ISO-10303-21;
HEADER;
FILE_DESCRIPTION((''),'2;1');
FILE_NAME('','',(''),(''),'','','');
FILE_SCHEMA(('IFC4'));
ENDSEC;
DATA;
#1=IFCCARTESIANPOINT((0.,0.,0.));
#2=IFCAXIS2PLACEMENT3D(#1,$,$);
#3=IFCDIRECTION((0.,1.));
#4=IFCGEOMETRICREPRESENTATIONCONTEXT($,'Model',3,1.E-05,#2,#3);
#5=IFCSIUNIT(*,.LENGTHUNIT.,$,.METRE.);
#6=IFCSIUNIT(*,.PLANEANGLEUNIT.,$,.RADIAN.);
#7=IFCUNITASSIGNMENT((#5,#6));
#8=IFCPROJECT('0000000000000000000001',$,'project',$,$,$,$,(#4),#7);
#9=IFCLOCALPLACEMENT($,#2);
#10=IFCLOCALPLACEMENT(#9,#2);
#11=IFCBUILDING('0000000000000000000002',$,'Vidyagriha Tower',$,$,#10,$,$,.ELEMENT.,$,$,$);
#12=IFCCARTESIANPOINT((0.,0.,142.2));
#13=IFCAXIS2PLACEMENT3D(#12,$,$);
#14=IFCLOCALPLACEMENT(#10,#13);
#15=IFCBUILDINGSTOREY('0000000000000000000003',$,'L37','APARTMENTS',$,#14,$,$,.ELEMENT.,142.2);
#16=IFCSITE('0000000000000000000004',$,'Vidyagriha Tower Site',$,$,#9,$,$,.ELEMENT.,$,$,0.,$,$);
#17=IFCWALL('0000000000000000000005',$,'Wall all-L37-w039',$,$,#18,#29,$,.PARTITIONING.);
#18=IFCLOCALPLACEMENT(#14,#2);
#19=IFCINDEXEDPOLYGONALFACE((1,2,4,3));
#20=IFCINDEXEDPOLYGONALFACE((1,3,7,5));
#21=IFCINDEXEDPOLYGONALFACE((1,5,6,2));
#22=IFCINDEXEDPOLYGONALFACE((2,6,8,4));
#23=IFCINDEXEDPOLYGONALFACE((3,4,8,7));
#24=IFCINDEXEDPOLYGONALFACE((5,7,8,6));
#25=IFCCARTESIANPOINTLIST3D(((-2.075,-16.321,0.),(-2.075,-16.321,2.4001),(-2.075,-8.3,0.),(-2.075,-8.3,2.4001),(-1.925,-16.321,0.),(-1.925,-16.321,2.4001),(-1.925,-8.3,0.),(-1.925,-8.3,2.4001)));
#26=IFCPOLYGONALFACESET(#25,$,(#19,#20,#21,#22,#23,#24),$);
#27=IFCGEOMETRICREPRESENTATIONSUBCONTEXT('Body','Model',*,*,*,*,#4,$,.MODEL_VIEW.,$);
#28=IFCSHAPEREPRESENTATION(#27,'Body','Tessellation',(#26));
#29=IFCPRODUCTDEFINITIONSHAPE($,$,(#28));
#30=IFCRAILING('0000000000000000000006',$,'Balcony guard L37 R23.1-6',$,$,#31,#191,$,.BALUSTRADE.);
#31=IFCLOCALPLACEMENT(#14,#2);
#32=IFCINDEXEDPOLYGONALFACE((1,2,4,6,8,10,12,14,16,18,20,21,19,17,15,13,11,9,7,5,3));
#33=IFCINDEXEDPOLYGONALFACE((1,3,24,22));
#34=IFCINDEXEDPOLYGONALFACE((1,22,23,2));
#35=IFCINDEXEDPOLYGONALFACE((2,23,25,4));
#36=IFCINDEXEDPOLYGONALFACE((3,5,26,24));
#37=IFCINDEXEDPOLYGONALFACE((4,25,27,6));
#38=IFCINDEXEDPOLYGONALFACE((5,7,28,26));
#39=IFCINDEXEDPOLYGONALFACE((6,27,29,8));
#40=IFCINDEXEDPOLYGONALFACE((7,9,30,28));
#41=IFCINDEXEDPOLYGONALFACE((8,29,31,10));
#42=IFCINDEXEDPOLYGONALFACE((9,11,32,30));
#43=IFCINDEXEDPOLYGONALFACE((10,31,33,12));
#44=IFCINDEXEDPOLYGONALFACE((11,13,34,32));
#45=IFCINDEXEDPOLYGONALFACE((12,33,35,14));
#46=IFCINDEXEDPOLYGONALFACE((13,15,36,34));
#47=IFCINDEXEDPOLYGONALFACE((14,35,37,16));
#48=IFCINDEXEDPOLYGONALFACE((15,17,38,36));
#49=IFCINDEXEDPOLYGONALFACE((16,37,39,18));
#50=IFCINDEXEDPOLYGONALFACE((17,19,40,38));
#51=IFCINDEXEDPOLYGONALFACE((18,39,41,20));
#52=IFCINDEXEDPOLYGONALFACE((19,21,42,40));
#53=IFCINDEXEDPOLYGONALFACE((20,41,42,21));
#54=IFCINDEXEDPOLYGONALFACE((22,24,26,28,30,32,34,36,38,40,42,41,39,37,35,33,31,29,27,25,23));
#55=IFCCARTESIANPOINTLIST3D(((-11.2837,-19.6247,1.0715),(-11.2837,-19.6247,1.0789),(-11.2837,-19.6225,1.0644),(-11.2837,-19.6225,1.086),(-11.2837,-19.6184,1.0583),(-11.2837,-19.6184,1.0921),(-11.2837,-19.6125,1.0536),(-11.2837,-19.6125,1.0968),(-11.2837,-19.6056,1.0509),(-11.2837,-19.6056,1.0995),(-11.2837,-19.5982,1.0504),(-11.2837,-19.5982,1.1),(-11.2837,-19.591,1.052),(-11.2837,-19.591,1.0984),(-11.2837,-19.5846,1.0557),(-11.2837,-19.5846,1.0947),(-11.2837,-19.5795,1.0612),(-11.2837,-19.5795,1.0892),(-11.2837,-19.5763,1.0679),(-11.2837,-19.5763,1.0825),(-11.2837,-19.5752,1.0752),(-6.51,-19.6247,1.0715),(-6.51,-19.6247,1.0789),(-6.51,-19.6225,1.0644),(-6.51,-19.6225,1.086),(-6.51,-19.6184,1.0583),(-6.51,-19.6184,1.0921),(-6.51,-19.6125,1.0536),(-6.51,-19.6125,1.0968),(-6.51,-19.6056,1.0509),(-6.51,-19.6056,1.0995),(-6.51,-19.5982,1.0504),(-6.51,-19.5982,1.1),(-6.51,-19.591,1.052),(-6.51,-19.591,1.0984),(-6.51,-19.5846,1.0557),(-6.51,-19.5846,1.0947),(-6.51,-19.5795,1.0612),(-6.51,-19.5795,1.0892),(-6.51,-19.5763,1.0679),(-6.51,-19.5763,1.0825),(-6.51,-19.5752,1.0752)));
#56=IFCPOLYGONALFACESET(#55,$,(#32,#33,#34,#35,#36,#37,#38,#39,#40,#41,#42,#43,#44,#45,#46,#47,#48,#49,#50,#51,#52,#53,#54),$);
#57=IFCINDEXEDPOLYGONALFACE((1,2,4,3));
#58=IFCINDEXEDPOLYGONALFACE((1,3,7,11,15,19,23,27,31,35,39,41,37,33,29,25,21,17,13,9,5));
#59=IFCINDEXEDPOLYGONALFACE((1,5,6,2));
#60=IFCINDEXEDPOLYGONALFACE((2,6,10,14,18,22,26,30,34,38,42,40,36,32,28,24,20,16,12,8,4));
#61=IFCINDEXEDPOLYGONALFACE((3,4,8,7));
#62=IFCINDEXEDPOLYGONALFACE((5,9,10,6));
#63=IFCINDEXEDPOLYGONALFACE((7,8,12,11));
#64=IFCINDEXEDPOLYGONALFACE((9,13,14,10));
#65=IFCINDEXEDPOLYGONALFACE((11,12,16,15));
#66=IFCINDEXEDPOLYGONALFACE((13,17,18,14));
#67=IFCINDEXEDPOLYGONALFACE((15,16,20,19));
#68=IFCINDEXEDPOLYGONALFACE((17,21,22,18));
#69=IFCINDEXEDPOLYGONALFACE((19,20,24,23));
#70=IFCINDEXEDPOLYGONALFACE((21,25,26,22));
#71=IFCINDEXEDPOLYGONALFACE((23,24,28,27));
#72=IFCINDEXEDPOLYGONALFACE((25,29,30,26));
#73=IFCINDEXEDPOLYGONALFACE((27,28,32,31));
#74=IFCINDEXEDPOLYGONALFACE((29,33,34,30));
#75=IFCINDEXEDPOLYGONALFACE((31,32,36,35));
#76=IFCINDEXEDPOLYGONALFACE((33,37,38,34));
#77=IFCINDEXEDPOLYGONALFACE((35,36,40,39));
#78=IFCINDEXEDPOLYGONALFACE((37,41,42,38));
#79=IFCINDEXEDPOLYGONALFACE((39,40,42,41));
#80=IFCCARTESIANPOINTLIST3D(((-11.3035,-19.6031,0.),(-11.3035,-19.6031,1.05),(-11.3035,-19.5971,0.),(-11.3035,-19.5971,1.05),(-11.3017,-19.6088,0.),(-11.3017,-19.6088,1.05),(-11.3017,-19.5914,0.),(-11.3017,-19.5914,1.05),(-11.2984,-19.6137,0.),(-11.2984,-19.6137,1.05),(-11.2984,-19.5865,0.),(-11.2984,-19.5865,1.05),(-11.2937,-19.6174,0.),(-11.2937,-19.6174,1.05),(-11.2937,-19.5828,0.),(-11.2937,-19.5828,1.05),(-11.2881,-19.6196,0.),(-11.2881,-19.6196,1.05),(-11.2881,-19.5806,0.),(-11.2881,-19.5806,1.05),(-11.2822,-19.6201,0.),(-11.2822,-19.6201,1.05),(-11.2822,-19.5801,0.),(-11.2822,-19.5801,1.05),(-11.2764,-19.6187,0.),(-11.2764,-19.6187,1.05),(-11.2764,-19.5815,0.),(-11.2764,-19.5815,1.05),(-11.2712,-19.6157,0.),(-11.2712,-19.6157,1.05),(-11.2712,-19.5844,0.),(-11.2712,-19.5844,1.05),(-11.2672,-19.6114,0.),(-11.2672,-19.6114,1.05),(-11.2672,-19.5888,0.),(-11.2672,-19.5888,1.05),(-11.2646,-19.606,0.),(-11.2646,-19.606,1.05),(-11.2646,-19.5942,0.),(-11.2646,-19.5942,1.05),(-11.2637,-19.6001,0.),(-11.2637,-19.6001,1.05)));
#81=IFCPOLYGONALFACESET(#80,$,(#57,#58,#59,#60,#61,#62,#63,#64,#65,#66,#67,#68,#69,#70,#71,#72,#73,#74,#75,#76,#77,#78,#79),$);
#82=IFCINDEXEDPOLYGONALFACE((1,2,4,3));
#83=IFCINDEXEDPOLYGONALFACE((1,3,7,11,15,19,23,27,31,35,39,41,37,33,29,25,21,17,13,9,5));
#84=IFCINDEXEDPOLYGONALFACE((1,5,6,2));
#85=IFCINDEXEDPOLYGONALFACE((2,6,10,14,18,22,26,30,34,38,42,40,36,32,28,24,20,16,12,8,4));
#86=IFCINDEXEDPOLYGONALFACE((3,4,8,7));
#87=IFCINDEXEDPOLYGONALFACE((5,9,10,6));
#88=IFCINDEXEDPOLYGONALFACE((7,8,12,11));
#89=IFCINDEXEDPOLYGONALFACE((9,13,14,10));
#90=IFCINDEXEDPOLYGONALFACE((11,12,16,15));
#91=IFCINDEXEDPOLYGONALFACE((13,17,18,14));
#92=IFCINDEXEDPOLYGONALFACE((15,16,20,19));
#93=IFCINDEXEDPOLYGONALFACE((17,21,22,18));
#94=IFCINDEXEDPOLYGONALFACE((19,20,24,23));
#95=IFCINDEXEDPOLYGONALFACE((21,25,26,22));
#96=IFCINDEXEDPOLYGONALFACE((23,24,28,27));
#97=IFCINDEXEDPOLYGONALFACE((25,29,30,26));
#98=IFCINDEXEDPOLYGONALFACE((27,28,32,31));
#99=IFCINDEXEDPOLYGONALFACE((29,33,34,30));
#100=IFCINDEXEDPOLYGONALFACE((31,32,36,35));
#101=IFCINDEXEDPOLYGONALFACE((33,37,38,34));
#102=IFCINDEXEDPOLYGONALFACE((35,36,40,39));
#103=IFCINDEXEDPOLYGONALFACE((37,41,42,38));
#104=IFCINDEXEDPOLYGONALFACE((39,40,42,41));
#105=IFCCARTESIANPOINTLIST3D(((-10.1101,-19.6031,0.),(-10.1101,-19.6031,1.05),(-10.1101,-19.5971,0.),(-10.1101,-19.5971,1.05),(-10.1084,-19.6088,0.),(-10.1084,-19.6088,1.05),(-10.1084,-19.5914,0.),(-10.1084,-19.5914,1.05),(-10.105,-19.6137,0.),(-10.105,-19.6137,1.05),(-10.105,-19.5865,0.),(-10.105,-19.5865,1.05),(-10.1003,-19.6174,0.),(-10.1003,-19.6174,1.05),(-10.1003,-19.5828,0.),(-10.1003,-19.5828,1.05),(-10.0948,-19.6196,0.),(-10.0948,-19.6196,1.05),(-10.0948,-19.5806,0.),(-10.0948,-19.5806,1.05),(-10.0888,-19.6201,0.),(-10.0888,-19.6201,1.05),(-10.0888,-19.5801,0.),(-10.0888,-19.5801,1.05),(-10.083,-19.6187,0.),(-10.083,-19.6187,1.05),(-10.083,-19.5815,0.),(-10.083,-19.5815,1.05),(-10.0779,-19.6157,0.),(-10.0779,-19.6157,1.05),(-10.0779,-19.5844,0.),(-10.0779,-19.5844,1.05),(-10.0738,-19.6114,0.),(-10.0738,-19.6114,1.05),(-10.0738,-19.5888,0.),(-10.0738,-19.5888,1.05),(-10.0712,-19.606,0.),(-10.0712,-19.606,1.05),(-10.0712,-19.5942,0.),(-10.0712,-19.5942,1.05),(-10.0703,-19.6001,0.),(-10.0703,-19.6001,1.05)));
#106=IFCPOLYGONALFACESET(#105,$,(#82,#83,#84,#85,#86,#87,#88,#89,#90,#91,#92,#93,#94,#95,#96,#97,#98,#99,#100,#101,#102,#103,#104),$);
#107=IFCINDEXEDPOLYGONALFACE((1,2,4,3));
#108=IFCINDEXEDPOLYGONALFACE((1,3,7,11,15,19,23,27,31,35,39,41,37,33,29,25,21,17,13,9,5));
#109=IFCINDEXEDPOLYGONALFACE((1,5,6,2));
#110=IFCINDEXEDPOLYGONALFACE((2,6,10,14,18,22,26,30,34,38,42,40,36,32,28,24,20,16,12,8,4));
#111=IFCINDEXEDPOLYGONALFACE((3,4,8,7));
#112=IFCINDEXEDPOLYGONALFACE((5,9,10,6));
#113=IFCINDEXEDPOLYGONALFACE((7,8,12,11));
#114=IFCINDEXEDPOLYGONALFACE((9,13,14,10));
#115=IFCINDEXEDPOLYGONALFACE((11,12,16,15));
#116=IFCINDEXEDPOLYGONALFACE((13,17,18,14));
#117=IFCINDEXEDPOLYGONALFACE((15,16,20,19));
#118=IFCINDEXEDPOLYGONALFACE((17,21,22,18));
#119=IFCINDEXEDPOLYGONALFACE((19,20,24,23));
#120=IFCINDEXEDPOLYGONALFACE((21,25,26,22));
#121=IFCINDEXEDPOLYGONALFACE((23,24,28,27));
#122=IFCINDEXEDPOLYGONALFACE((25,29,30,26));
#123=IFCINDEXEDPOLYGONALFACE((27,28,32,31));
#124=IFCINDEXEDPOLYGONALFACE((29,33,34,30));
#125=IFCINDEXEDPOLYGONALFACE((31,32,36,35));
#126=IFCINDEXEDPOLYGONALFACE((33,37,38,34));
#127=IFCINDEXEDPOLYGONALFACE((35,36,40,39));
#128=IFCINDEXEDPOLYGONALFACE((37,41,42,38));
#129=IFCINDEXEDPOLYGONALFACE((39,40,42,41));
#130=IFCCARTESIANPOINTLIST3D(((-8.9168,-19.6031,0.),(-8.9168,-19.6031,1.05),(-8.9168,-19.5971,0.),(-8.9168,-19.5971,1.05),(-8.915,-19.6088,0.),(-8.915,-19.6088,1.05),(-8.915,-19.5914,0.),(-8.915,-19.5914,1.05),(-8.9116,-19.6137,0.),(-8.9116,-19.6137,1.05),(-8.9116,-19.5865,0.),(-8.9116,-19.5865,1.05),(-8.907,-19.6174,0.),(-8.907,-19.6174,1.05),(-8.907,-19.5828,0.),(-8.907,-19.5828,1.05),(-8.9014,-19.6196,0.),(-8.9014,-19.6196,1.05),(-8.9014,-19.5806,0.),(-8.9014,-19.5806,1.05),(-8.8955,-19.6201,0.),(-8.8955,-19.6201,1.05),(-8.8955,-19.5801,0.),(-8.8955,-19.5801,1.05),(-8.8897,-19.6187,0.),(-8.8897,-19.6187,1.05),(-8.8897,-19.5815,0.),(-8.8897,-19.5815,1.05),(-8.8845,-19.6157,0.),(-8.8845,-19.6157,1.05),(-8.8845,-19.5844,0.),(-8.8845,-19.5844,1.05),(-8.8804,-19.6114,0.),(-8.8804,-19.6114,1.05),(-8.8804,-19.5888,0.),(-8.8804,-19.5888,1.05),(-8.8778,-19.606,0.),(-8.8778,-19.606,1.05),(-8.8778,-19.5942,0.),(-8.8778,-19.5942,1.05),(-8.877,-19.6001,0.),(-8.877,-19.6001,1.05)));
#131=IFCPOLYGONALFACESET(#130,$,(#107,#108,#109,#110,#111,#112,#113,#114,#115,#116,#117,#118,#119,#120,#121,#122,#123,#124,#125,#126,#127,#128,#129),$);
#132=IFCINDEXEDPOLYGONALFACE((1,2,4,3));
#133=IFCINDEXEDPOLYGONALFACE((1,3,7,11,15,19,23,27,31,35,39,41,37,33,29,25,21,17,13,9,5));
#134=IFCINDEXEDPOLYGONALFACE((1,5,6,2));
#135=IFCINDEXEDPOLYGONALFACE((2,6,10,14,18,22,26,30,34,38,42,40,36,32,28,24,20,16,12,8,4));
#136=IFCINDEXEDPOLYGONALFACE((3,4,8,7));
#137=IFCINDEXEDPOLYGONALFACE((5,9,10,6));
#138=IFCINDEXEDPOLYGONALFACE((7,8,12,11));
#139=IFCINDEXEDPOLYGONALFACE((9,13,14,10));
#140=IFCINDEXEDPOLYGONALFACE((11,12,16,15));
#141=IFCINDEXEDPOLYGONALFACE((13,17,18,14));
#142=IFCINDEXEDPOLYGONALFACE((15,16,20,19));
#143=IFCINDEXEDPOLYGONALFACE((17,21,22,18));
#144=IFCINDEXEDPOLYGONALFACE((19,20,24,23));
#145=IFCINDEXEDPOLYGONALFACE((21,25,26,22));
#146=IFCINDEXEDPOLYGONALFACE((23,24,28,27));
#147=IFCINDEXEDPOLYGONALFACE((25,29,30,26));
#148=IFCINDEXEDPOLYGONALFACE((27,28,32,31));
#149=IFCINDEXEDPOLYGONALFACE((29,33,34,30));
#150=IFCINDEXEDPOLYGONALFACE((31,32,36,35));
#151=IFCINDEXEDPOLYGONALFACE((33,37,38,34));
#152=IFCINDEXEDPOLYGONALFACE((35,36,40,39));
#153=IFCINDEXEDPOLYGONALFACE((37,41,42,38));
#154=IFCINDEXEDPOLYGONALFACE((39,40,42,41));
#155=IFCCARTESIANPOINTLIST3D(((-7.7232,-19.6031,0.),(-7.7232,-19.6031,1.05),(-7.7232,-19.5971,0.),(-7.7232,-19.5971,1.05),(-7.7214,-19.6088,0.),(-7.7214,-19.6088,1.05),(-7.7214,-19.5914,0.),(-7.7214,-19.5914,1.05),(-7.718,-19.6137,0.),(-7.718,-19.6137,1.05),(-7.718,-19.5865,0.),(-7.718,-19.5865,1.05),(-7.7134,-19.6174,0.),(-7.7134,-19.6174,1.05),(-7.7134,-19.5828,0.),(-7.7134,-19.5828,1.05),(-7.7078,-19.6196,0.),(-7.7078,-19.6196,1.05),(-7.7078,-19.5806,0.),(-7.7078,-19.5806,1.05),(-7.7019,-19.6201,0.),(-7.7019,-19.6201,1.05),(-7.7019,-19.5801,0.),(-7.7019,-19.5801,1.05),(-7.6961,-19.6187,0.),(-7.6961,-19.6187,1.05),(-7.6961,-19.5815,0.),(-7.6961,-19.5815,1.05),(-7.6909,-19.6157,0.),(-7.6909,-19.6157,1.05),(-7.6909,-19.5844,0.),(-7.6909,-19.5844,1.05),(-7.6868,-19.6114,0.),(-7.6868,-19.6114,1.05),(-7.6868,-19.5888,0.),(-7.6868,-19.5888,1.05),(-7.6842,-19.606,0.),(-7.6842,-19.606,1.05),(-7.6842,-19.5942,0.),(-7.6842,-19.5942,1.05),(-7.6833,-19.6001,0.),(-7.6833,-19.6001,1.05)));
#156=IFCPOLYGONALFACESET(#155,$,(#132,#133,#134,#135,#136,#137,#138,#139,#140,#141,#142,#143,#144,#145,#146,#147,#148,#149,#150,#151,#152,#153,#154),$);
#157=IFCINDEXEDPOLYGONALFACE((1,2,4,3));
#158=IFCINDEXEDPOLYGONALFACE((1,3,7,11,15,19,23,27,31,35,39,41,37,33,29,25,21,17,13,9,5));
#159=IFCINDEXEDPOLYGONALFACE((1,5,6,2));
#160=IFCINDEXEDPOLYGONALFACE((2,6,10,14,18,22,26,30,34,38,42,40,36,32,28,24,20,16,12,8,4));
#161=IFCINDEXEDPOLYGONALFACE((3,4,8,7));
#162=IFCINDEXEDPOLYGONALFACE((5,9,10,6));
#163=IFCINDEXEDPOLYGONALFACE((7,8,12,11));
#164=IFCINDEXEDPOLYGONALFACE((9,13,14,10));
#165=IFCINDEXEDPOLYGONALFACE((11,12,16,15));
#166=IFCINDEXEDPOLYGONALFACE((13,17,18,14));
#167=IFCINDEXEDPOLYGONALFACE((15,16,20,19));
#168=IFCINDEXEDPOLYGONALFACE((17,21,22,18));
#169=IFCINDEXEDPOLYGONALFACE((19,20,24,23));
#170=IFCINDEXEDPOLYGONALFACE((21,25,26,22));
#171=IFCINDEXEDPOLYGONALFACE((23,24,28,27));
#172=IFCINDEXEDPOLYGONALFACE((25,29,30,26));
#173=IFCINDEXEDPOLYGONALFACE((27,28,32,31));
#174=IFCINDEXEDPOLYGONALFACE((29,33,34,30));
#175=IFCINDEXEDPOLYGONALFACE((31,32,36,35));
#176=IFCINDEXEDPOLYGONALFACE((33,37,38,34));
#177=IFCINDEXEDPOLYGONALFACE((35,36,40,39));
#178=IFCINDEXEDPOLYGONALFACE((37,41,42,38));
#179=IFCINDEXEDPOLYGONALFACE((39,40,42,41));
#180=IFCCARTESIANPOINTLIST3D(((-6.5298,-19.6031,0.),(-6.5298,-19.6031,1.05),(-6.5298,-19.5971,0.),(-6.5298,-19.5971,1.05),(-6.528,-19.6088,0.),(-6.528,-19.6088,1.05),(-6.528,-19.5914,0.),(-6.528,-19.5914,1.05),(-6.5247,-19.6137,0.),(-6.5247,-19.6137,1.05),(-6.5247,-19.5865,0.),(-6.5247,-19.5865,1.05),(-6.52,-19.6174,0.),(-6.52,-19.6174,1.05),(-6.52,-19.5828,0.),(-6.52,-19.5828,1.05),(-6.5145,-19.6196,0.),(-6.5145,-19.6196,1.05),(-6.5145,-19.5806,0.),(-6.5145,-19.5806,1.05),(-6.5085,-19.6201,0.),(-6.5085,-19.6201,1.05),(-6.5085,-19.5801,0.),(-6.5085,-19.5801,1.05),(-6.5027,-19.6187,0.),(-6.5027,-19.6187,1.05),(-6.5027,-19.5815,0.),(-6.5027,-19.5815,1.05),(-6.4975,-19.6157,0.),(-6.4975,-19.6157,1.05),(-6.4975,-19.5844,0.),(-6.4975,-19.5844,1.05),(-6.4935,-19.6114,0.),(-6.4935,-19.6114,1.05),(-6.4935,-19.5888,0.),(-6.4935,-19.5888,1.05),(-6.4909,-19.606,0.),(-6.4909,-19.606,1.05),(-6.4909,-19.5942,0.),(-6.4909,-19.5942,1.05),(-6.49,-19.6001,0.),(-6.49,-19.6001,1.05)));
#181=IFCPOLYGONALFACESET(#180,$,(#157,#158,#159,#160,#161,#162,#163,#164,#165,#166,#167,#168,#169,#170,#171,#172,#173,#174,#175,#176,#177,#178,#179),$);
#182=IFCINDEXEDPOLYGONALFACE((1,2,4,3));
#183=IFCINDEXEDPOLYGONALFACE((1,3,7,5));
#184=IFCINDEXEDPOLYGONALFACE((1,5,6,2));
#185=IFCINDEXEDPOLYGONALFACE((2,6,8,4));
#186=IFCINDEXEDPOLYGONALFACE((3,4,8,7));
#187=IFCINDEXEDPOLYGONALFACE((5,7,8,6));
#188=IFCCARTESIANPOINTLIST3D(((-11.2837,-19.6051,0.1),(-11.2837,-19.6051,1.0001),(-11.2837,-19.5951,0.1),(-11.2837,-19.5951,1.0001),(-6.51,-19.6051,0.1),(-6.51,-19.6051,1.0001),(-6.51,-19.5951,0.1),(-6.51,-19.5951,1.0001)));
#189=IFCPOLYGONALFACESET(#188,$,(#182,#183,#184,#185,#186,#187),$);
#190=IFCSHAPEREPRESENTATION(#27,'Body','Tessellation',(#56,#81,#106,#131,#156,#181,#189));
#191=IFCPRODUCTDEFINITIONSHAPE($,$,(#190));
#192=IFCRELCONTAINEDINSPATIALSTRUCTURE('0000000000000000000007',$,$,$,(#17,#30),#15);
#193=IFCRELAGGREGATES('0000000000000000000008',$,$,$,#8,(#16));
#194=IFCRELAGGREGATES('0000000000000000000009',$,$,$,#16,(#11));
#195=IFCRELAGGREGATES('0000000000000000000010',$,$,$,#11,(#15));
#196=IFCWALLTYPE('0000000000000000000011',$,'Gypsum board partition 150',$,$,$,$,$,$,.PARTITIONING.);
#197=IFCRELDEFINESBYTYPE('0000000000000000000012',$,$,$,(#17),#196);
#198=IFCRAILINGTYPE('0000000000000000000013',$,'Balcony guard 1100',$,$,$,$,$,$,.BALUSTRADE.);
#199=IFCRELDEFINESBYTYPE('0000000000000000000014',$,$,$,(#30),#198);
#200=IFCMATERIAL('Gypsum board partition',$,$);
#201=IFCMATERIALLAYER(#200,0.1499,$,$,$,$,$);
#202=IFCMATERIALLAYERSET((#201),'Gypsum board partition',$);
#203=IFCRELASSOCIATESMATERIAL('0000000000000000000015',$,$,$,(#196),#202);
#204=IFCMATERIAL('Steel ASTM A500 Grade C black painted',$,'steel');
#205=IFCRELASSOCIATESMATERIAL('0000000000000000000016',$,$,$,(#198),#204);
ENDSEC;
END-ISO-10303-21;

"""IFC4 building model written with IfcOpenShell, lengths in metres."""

from ifc_helpers import new_model, si_unit, direction, frame, frame_2d, origin, origin_2d, place, context, subcontext, project, spatial, rectangle, circle, extrude, material, layer, layer_set, type_object, element, save


model = new_model("IFC4")

# Units and contexts
model_context = context("Model", 3, precision=1e-05, world=origin(), true_north=direction((0.0, 1.0)))
body_context = subcontext(model_context, "Body", "Model", "MODEL_VIEW")
ifc_project = project(units=[si_unit("LENGTHUNIT", "METRE"), si_unit("PLANEANGLEUNIT", "RADIAN")], contexts=[model_context])

# Site, building, storey
site_placement = place(None, origin())
site = spatial("IfcSite", under=ifc_project, at=site_placement, Name="Vidyagriha Tower Site", CompositionType="ELEMENT", RefElevation=0.0)
building_placement = place(site_placement, origin())
building = spatial("IfcBuilding", under=site, at=building_placement, Name="Vidyagriha Tower", CompositionType="ELEMENT")
storey_placement = place(building_placement, frame((0.0, 0.0, 142.2)))
storey = spatial("IfcBuildingStorey", under=building, at=storey_placement, Name="L37", Description="APARTMENTS", CompositionType="ELEMENT", Elevation=142.2)

# Wall
ifc_material_1 = material(Name="Gypsum board partition")
ifc_layer_1 = layer(ifc_material_1, 0.1499)
ifc_layer_set_1 = layer_set([ifc_layer_1], Name="Gypsum board partition")
wall_type_1 = type_object("IfcWallType", Name="Gypsum board partition 150", PredefinedType="PARTITIONING", material=ifc_layer_set_1)
wall_1_placement = place(storey_placement, frame((-2.0, -8.3, 0.0), z_axis=(0.0, 0.0, 1.0), x_axis=(0.0, -1.0, 0.0)))
element("IfcWall", 1, at=wall_1_placement, inside=storey, type_object=wall_type_1, Name="Wall all-L37-w039", PredefinedType="PARTITIONING", context=body_context, shape_type="SweptSolid", body=[
    extrude(rectangle(XDim=8.021, YDim=0.1499, at=frame_2d((4.0105, 0.0))), origin(), (0.0, 0.0, 1.0), 2.4001),
])

# Railing
ifc_material_2 = material(Name="Steel ASTM A500 Grade C black painted", Category="steel")
railing_type = type_object("IfcRailingType", Name="Balcony guard 1100", PredefinedType="BALUSTRADE", material=ifc_material_2)
railing_1_placement = place(storey_placement, frame((-11.2837, -19.6001, 0.0)))
element("IfcRailing", 2, at=railing_1_placement, inside=storey, type_object=railing_type, Name="Balcony guard L37 R23.1-6", PredefinedType="BALUSTRADE", context=body_context, shape_type="SweptSolid", body=[
    extrude(circle(Radius=0.0249, at=origin_2d()), frame((0.0, 0.0, 1.0752), z_axis=(1.0, 0.0, 0.0), x_axis=(0.0, 1.0, 0.0)), (0.0, 0.0, 1.0), 4.7737),
    extrude(circle(Radius=0.02, at=origin_2d()), origin(), (0.0, 0.0, 1.0), 1.05),
    extrude(circle(Radius=0.02, at=origin_2d()), frame((1.1934, 0.0, 0.0)), (0.0, 0.0, 1.0), 1.05),
    extrude(circle(Radius=0.02, at=origin_2d()), frame((2.3867, 0.0, 0.0)), (0.0, 0.0, 1.0), 1.05),
    extrude(circle(Radius=0.02, at=origin_2d()), frame((3.5803, 0.0, 0.0)), (0.0, 0.0, 1.0), 1.05),
    extrude(circle(Radius=0.02, at=origin_2d()), frame((4.7737, 0.0, 0.0)), (0.0, 0.0, 1.0), 1.05),
    extrude(rectangle(XDim=0.01, YDim=0.9001, at=origin_2d()), frame((0.0, 0.0, 0.55), z_axis=(1.0, 0.0, 0.0), x_axis=(0.0, 1.0, 0.0)), (0.0, 0.0, 1.0), 4.7737),
])

save(model, "model.ifc")
